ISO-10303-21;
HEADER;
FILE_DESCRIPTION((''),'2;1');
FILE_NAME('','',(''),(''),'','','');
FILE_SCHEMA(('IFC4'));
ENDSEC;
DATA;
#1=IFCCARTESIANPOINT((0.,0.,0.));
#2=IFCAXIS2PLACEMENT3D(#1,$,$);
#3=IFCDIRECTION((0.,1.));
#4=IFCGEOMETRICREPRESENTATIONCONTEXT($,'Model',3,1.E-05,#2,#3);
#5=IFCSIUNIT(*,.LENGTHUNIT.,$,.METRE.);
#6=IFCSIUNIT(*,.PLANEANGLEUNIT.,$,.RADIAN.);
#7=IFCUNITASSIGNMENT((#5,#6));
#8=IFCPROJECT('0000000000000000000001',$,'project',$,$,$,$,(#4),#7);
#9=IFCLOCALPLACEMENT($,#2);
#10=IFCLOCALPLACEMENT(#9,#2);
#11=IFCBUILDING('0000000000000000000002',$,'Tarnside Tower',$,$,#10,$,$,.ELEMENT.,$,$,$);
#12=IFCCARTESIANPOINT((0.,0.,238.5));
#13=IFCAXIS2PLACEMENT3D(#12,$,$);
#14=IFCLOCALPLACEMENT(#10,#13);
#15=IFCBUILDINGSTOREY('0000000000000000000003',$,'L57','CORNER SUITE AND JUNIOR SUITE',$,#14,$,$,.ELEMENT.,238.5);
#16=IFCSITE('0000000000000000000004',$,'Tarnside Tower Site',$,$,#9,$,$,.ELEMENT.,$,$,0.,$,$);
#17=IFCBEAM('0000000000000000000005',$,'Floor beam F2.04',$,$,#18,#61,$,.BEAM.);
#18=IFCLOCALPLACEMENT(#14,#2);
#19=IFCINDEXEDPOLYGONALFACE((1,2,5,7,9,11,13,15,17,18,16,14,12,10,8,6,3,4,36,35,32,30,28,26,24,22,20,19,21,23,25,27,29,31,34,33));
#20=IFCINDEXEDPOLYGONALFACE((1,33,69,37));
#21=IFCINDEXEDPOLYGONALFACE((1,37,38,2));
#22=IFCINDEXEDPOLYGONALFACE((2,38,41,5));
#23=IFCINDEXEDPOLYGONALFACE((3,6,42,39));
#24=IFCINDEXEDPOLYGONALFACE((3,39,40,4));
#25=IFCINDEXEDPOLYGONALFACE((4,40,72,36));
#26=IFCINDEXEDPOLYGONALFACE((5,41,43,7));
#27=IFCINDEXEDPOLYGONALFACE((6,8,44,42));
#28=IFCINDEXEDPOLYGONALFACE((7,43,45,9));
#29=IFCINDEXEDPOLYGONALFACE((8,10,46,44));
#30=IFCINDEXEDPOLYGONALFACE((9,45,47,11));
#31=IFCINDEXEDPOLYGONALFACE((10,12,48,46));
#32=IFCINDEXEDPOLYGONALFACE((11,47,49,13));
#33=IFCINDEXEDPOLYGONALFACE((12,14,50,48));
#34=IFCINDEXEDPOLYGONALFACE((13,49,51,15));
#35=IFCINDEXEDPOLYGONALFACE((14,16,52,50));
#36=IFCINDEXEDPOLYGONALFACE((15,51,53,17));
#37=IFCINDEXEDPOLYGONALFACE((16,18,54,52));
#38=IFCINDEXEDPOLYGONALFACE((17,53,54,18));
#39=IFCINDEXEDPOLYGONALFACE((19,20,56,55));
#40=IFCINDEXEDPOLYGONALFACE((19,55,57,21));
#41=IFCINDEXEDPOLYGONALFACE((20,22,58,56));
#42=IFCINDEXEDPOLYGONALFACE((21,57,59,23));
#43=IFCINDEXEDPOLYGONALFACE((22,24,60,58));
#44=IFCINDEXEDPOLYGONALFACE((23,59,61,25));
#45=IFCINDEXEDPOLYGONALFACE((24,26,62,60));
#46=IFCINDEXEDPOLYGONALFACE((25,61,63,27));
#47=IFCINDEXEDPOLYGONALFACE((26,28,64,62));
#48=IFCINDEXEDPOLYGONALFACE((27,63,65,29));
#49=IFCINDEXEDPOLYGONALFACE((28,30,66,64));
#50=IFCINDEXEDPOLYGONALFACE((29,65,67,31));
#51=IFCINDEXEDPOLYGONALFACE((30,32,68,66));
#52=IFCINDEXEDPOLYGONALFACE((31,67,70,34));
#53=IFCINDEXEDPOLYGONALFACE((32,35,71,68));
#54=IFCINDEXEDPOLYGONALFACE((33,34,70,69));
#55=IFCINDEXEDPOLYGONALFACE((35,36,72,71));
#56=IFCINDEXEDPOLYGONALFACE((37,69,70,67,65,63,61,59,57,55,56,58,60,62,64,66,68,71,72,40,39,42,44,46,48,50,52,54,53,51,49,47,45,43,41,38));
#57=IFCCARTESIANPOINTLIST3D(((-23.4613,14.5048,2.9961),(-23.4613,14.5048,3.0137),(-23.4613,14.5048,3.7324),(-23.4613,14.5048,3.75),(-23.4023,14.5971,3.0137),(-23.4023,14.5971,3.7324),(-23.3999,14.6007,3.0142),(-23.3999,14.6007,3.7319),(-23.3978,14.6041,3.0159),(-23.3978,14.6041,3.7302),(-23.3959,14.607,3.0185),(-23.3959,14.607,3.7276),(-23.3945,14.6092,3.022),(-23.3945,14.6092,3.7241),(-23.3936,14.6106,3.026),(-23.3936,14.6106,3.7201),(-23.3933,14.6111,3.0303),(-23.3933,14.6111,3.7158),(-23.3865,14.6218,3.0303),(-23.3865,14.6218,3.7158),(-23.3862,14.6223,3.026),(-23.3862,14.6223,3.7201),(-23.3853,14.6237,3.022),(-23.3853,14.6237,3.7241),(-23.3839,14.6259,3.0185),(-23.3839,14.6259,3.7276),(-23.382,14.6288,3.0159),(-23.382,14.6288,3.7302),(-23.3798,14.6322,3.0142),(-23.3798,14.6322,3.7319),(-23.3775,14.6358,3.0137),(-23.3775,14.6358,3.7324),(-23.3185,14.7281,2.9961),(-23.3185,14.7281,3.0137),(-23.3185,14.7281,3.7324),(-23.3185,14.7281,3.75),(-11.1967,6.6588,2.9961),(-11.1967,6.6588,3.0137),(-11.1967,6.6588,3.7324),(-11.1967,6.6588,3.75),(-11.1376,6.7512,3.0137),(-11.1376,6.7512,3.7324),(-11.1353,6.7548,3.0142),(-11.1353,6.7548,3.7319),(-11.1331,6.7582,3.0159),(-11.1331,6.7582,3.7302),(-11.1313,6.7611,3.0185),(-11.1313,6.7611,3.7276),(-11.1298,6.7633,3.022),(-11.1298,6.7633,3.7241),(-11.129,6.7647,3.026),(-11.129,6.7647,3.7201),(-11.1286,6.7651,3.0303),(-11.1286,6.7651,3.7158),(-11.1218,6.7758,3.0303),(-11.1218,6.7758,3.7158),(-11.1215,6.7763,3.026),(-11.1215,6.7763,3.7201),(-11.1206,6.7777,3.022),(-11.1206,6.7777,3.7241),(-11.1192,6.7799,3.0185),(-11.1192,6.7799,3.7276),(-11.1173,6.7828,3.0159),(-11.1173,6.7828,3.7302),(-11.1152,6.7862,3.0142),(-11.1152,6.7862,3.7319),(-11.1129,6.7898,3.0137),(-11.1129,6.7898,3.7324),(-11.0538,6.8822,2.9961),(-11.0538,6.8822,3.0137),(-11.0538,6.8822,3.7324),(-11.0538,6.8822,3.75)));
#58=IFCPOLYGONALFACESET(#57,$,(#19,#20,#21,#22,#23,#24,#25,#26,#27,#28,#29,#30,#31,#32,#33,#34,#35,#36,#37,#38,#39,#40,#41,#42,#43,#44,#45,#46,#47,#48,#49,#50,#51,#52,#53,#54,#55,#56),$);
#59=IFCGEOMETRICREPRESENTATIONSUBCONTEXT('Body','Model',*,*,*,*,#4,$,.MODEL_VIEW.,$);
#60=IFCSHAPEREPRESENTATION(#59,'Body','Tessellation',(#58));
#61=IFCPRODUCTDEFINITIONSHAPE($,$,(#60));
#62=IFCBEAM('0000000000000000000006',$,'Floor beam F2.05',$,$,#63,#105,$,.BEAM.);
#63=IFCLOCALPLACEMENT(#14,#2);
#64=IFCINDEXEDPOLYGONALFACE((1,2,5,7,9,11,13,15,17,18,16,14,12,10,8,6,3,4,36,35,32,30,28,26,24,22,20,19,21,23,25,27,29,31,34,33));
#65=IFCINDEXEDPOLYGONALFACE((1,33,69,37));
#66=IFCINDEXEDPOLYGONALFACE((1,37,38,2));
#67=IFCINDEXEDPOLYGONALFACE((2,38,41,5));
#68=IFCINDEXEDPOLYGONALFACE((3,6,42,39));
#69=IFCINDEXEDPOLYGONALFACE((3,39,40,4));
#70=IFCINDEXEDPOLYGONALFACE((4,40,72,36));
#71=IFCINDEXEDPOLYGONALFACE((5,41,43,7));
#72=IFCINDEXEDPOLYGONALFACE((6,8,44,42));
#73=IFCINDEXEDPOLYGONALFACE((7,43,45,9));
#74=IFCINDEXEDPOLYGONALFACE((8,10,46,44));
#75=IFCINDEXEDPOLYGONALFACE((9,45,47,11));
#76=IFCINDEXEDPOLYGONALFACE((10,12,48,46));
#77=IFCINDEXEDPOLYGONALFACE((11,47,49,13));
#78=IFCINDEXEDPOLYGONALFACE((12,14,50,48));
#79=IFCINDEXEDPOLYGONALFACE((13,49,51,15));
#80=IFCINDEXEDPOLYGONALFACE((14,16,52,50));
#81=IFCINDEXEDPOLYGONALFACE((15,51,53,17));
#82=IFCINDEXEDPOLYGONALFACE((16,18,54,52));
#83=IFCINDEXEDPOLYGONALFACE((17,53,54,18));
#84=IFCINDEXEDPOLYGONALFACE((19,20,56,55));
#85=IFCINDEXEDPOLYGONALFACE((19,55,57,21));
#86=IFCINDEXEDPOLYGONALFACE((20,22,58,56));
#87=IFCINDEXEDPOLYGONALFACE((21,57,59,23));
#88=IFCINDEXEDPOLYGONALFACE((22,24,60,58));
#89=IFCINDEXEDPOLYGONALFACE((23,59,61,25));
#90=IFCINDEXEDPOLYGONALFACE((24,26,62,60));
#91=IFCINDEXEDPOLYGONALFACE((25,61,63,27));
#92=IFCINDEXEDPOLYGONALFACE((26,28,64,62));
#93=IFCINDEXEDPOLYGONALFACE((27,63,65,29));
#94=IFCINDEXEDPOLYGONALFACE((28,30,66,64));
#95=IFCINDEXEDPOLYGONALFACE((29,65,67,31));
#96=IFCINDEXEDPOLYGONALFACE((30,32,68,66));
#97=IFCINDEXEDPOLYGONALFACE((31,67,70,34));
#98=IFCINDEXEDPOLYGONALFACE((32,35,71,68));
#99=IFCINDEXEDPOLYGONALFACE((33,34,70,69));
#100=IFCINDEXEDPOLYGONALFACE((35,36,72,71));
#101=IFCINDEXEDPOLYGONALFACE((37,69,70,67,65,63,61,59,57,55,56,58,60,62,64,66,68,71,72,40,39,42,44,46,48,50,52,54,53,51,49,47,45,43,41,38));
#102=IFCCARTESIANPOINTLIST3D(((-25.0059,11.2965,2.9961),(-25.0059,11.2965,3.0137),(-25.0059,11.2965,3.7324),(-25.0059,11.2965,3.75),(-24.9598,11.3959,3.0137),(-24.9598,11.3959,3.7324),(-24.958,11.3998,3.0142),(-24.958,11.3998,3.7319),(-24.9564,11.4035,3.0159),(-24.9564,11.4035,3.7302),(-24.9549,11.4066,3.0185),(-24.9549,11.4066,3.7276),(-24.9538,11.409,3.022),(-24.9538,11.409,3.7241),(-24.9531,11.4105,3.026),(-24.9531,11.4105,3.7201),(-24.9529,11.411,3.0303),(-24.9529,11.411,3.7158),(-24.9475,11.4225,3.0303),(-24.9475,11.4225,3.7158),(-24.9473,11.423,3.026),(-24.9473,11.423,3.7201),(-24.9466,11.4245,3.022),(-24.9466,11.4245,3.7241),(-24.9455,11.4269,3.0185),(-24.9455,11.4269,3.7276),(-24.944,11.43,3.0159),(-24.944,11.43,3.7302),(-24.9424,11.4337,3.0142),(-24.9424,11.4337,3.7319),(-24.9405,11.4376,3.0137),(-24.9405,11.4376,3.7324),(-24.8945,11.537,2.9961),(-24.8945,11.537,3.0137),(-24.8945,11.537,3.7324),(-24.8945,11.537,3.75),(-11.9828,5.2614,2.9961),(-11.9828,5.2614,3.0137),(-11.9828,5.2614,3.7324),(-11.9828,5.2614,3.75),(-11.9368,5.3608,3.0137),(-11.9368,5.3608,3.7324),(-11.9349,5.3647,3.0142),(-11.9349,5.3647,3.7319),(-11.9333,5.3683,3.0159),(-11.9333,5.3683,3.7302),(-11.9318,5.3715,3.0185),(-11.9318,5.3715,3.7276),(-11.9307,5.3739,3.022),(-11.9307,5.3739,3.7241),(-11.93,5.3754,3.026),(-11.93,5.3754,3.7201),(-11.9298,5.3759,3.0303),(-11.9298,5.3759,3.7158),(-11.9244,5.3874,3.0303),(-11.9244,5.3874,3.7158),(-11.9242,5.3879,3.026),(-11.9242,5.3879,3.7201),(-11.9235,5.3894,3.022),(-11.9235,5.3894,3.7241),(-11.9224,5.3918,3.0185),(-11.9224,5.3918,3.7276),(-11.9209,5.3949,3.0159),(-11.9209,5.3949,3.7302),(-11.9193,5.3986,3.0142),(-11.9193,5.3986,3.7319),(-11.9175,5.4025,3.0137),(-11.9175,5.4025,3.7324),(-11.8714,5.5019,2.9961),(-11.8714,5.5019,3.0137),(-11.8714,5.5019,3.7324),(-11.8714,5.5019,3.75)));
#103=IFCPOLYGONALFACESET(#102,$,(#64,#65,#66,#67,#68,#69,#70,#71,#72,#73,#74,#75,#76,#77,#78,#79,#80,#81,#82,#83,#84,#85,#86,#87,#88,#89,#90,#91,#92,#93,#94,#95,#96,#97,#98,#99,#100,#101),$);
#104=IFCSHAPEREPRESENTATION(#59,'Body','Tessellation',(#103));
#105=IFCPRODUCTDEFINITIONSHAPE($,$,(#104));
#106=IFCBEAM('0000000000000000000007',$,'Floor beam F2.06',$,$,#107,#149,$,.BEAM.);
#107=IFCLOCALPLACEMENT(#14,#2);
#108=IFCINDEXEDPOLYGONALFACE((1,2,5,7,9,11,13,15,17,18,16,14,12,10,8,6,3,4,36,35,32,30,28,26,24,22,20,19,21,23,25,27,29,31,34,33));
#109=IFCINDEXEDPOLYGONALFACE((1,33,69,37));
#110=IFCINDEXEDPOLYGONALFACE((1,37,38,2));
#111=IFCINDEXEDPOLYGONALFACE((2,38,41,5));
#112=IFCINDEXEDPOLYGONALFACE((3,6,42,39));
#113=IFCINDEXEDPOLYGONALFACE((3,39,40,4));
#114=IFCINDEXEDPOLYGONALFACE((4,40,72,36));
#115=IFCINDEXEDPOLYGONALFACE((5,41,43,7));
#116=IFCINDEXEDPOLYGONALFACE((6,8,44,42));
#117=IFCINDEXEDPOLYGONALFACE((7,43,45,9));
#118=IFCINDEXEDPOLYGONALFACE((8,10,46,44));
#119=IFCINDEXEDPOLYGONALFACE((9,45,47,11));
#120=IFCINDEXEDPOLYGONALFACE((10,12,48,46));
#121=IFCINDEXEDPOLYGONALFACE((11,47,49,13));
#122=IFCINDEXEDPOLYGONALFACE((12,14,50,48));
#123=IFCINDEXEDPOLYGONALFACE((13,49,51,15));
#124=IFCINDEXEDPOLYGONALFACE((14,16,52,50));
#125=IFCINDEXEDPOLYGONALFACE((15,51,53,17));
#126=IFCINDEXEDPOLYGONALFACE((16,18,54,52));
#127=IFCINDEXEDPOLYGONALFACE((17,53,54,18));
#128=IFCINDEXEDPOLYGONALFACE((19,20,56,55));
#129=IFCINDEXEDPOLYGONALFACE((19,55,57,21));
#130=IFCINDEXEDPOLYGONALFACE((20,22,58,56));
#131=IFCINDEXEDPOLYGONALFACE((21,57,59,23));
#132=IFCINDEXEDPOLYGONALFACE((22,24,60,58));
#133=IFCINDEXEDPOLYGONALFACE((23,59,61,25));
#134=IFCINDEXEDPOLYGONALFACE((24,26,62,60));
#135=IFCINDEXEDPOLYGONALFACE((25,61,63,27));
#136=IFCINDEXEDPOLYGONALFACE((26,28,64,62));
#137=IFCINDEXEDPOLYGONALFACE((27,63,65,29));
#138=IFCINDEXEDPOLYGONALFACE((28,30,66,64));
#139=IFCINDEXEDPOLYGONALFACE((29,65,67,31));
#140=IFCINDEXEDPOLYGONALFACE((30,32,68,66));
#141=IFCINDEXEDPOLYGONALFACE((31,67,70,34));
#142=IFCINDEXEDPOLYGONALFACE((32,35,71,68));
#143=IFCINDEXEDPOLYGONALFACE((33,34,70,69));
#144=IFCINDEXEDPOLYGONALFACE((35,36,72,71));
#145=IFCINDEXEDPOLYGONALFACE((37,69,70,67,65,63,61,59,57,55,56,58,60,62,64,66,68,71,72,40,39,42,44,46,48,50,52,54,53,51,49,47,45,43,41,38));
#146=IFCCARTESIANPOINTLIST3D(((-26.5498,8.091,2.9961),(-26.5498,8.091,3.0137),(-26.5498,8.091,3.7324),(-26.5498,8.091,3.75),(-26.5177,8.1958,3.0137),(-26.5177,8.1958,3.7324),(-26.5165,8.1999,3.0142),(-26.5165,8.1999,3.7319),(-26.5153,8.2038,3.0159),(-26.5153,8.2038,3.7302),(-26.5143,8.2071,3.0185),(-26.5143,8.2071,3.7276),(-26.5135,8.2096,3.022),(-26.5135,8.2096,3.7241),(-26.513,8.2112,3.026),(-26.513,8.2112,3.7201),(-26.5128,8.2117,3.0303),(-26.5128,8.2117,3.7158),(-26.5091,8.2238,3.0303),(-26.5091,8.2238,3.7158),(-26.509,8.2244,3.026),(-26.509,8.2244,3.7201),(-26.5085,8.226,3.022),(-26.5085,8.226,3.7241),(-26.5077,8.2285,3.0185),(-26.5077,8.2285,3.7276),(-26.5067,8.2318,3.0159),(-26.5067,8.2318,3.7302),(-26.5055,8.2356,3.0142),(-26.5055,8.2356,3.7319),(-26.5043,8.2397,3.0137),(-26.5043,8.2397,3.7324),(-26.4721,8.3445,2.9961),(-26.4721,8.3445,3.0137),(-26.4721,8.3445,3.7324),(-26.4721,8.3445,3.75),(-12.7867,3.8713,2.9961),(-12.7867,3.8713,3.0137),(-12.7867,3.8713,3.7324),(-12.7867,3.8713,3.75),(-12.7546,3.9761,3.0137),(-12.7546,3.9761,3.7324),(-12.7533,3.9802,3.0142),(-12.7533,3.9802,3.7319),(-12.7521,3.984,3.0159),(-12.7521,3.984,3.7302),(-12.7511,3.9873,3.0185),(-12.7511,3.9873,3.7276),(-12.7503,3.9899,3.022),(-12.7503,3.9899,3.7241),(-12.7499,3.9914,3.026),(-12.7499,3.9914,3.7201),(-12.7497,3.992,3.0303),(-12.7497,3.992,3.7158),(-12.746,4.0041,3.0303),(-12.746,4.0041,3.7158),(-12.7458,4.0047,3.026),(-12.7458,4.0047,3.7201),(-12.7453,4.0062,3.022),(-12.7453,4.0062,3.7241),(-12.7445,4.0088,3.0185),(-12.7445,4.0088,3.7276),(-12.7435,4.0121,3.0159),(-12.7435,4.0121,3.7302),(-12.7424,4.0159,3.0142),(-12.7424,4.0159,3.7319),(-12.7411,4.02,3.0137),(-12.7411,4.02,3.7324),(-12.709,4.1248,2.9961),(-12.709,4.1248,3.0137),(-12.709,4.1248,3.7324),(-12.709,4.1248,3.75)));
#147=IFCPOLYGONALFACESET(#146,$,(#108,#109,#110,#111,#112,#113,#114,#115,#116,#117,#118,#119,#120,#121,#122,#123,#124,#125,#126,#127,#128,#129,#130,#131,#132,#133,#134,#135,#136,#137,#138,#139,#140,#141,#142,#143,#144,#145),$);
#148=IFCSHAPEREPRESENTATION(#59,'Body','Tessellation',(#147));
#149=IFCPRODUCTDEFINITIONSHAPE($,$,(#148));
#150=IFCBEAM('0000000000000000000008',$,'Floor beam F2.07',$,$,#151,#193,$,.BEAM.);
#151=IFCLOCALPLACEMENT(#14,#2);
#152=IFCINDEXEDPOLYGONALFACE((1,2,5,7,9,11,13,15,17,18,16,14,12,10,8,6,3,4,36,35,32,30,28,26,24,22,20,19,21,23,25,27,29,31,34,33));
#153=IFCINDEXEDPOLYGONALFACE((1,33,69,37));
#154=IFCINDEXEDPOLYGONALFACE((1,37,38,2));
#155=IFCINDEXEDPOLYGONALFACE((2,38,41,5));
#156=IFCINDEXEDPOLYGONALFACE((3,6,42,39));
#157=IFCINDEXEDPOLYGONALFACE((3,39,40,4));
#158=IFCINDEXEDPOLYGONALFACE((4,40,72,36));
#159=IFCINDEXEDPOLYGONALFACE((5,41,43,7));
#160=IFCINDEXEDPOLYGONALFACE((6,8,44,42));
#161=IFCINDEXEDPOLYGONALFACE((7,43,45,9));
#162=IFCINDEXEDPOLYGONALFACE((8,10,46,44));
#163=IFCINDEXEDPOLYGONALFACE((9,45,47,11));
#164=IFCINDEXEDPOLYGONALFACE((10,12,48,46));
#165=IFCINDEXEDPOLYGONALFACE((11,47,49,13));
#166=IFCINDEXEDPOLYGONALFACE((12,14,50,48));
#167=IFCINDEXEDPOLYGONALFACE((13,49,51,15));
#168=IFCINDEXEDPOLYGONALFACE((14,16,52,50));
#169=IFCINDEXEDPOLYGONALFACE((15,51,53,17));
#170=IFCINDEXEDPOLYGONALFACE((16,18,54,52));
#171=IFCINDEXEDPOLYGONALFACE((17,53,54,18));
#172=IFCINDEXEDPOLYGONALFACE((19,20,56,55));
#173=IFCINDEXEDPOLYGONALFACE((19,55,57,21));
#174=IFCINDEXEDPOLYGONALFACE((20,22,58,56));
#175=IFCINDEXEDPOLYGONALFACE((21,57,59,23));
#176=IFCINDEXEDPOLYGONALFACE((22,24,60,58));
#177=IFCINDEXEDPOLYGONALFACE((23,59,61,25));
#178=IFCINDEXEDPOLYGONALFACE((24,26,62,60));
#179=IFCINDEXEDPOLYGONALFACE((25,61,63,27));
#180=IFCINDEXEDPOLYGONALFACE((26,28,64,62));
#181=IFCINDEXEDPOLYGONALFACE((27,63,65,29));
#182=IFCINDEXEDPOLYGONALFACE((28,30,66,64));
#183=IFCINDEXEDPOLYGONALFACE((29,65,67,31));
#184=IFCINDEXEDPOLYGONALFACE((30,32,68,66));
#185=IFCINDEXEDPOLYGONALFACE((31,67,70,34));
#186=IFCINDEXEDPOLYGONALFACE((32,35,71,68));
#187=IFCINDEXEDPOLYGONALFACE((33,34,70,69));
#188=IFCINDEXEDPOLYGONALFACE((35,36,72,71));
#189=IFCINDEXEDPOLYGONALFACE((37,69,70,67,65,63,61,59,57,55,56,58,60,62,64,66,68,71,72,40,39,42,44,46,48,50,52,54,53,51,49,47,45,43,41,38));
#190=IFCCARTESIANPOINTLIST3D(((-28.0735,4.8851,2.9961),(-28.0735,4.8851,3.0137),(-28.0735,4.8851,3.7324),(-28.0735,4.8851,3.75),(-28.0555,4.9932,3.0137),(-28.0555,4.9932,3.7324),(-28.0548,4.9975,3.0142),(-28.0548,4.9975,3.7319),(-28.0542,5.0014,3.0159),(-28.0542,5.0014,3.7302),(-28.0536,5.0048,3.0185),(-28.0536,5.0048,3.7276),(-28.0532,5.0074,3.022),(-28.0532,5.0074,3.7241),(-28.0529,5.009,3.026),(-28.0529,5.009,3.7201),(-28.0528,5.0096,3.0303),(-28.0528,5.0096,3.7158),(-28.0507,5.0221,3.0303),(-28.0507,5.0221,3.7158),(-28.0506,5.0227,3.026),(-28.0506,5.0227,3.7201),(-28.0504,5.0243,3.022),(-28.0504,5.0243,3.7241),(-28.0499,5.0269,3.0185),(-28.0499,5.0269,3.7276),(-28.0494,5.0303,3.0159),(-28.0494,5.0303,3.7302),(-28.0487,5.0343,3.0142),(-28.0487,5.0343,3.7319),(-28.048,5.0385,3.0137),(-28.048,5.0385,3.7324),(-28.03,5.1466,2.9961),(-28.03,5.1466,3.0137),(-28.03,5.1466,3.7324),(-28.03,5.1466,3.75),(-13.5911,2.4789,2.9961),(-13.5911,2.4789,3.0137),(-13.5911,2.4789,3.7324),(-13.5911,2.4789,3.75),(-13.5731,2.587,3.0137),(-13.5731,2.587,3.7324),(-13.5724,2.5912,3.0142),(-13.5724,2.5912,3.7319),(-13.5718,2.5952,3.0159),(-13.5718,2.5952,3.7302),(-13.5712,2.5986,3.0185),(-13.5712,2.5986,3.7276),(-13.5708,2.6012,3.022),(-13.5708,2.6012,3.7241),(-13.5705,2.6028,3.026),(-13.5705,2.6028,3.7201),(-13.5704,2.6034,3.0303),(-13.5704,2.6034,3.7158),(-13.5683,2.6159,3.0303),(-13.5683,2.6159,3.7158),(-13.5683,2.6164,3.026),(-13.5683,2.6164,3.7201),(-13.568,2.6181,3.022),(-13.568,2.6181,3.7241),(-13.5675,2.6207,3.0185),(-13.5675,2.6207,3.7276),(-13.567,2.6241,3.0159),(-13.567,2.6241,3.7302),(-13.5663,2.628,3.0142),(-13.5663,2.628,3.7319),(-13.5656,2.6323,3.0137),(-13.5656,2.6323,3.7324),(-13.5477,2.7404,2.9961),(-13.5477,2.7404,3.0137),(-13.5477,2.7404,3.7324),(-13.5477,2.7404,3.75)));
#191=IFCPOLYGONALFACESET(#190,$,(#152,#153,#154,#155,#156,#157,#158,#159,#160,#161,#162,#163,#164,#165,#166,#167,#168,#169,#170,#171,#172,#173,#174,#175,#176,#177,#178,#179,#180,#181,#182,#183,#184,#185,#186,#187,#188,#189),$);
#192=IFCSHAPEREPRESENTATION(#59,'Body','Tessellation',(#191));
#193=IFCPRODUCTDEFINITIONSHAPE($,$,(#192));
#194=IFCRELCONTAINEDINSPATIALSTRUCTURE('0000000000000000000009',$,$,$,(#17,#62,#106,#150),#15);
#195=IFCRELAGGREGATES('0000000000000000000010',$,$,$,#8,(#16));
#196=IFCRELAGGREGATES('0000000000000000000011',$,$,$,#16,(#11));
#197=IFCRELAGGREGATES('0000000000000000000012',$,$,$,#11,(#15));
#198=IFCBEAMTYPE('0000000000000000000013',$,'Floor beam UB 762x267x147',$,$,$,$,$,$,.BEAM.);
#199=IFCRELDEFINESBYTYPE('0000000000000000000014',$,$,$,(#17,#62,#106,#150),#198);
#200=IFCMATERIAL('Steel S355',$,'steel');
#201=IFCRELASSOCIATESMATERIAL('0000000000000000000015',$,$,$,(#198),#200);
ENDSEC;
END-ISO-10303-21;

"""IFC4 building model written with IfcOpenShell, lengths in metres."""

from ifc_helpers import new_model, si_unit, direction, frame, origin, origin_2d, place, context, subcontext, project, spatial, i_section, extrude, material, material_profile, profile_set, type_object, element, save


model = new_model("IFC4")

# Units and contexts
model_context = context("Model", 3, precision=1e-05, world=origin(), true_north=direction((0.0, 1.0)))
body_context = subcontext(model_context, "Body", "Model", "MODEL_VIEW")
ifc_project = project(units=[si_unit("LENGTHUNIT", "METRE"), si_unit("PLANEANGLEUNIT", "RADIAN")], contexts=[model_context])

# Site, building, storey
site_placement = place(None, origin())
site = spatial("IfcSite", under=ifc_project, at=site_placement, Name="Tarnside Tower Site", CompositionType="ELEMENT", RefElevation=0.0)
building_placement = place(site_placement, origin())
building = spatial("IfcBuilding", under=site, at=building_placement, Name="Tarnside Tower", CompositionType="ELEMENT")
storey_placement = place(building_placement, frame((0.0, 0.0, 238.5)))
storey = spatial("IfcBuildingStorey", under=building, at=storey_placement, Name="L57", Description="CORNER SUITE AND JUNIOR SUITE", CompositionType="ELEMENT", Elevation=238.5)

# Beams
ifc_material_1 = material(Name="Steel S355", Category="steel")
ifc_material_profile = material_profile(ifc_material_1, i_section(OverallWidth=0.2651, OverallDepth=0.7539, WebThickness=0.0127, FlangeThickness=0.0176, FilletRadius=0.0166, at=origin_2d()), Name="UB 762x267x147")
ifc_profile_set = profile_set([ifc_material_profile], Name="Steel S355")
beam_type = type_object("IfcBeamType", Name="Floor beam UB 762x267x147", PredefinedType="BEAM", material=ifc_profile_set)
beam_1_placement = place(storey_placement, frame((-23.3899, 14.6165, 3.373), z_axis=(0.842378, -0.538887, 0.0), x_axis=(0.538887, 0.842378, 0.0)))
element("IfcBeam", 1, at=beam_1_placement, inside=storey, type_object=beam_type, Name="Floor beam F2.04", PredefinedType="BEAM", context=body_context, shape_type="SweptSolid", body=[
    extrude(i_section(OverallWidth=0.2651, OverallDepth=0.7539, WebThickness=0.0127, FlangeThickness=0.0176, FilletRadius=0.0166, at=origin_2d()), origin(), (0.0, 0.0, 1.0), 14.5596),
])
beam_2_placement = place(storey_placement, frame((-24.9502, 11.4167, 3.373), z_axis=(0.90731, -0.420462, 0.0), x_axis=(0.420462, 0.90731, 0.0)))
element("IfcBeam", 2, at=beam_2_placement, inside=storey, type_object=beam_type, Name="Floor beam F2.05", PredefinedType="BEAM", context=body_context, shape_type="SweptSolid", body=[
    extrude(i_section(OverallWidth=0.2651, OverallDepth=0.7539, WebThickness=0.0127, FlangeThickness=0.0176, FilletRadius=0.0166, at=origin_2d()), origin(), (0.0, 0.0, 1.0), 14.3535),
])
beam_3_placement = place(storey_placement, frame((-26.511, 8.2178, 3.373), z_axis=(0.956073, -0.293128, 0.0), x_axis=(0.293128, 0.956073, 0.0)))
element("IfcBeam", 3, at=beam_3_placement, inside=storey, type_object=beam_type, Name="Floor beam F2.06", PredefinedType="BEAM", context=body_context, shape_type="SweptSolid", body=[
    extrude(i_section(OverallWidth=0.2651, OverallDepth=0.7539, WebThickness=0.0127, FlangeThickness=0.0176, FilletRadius=0.0166, at=origin_2d()), origin(), (0.0, 0.0, 1.0), 14.3955),
])
beam_4_placement = place(storey_placement, frame((-28.0518, 5.0159, 3.373), z_axis=(0.986476, -0.163903, 0.0), x_axis=(0.163903, 0.986476, 0.0)))
element("IfcBeam", 4, at=beam_4_placement, inside=storey, type_object=beam_type, Name="Floor beam F2.07", PredefinedType="BEAM", context=body_context, shape_type="SweptSolid", body=[
    extrude(i_section(OverallWidth=0.2651, OverallDepth=0.7539, WebThickness=0.0127, FlangeThickness=0.0176, FilletRadius=0.0166, at=origin_2d()), origin(), (0.0, 0.0, 1.0), 14.6809),
])

save(model, "model.ifc")
